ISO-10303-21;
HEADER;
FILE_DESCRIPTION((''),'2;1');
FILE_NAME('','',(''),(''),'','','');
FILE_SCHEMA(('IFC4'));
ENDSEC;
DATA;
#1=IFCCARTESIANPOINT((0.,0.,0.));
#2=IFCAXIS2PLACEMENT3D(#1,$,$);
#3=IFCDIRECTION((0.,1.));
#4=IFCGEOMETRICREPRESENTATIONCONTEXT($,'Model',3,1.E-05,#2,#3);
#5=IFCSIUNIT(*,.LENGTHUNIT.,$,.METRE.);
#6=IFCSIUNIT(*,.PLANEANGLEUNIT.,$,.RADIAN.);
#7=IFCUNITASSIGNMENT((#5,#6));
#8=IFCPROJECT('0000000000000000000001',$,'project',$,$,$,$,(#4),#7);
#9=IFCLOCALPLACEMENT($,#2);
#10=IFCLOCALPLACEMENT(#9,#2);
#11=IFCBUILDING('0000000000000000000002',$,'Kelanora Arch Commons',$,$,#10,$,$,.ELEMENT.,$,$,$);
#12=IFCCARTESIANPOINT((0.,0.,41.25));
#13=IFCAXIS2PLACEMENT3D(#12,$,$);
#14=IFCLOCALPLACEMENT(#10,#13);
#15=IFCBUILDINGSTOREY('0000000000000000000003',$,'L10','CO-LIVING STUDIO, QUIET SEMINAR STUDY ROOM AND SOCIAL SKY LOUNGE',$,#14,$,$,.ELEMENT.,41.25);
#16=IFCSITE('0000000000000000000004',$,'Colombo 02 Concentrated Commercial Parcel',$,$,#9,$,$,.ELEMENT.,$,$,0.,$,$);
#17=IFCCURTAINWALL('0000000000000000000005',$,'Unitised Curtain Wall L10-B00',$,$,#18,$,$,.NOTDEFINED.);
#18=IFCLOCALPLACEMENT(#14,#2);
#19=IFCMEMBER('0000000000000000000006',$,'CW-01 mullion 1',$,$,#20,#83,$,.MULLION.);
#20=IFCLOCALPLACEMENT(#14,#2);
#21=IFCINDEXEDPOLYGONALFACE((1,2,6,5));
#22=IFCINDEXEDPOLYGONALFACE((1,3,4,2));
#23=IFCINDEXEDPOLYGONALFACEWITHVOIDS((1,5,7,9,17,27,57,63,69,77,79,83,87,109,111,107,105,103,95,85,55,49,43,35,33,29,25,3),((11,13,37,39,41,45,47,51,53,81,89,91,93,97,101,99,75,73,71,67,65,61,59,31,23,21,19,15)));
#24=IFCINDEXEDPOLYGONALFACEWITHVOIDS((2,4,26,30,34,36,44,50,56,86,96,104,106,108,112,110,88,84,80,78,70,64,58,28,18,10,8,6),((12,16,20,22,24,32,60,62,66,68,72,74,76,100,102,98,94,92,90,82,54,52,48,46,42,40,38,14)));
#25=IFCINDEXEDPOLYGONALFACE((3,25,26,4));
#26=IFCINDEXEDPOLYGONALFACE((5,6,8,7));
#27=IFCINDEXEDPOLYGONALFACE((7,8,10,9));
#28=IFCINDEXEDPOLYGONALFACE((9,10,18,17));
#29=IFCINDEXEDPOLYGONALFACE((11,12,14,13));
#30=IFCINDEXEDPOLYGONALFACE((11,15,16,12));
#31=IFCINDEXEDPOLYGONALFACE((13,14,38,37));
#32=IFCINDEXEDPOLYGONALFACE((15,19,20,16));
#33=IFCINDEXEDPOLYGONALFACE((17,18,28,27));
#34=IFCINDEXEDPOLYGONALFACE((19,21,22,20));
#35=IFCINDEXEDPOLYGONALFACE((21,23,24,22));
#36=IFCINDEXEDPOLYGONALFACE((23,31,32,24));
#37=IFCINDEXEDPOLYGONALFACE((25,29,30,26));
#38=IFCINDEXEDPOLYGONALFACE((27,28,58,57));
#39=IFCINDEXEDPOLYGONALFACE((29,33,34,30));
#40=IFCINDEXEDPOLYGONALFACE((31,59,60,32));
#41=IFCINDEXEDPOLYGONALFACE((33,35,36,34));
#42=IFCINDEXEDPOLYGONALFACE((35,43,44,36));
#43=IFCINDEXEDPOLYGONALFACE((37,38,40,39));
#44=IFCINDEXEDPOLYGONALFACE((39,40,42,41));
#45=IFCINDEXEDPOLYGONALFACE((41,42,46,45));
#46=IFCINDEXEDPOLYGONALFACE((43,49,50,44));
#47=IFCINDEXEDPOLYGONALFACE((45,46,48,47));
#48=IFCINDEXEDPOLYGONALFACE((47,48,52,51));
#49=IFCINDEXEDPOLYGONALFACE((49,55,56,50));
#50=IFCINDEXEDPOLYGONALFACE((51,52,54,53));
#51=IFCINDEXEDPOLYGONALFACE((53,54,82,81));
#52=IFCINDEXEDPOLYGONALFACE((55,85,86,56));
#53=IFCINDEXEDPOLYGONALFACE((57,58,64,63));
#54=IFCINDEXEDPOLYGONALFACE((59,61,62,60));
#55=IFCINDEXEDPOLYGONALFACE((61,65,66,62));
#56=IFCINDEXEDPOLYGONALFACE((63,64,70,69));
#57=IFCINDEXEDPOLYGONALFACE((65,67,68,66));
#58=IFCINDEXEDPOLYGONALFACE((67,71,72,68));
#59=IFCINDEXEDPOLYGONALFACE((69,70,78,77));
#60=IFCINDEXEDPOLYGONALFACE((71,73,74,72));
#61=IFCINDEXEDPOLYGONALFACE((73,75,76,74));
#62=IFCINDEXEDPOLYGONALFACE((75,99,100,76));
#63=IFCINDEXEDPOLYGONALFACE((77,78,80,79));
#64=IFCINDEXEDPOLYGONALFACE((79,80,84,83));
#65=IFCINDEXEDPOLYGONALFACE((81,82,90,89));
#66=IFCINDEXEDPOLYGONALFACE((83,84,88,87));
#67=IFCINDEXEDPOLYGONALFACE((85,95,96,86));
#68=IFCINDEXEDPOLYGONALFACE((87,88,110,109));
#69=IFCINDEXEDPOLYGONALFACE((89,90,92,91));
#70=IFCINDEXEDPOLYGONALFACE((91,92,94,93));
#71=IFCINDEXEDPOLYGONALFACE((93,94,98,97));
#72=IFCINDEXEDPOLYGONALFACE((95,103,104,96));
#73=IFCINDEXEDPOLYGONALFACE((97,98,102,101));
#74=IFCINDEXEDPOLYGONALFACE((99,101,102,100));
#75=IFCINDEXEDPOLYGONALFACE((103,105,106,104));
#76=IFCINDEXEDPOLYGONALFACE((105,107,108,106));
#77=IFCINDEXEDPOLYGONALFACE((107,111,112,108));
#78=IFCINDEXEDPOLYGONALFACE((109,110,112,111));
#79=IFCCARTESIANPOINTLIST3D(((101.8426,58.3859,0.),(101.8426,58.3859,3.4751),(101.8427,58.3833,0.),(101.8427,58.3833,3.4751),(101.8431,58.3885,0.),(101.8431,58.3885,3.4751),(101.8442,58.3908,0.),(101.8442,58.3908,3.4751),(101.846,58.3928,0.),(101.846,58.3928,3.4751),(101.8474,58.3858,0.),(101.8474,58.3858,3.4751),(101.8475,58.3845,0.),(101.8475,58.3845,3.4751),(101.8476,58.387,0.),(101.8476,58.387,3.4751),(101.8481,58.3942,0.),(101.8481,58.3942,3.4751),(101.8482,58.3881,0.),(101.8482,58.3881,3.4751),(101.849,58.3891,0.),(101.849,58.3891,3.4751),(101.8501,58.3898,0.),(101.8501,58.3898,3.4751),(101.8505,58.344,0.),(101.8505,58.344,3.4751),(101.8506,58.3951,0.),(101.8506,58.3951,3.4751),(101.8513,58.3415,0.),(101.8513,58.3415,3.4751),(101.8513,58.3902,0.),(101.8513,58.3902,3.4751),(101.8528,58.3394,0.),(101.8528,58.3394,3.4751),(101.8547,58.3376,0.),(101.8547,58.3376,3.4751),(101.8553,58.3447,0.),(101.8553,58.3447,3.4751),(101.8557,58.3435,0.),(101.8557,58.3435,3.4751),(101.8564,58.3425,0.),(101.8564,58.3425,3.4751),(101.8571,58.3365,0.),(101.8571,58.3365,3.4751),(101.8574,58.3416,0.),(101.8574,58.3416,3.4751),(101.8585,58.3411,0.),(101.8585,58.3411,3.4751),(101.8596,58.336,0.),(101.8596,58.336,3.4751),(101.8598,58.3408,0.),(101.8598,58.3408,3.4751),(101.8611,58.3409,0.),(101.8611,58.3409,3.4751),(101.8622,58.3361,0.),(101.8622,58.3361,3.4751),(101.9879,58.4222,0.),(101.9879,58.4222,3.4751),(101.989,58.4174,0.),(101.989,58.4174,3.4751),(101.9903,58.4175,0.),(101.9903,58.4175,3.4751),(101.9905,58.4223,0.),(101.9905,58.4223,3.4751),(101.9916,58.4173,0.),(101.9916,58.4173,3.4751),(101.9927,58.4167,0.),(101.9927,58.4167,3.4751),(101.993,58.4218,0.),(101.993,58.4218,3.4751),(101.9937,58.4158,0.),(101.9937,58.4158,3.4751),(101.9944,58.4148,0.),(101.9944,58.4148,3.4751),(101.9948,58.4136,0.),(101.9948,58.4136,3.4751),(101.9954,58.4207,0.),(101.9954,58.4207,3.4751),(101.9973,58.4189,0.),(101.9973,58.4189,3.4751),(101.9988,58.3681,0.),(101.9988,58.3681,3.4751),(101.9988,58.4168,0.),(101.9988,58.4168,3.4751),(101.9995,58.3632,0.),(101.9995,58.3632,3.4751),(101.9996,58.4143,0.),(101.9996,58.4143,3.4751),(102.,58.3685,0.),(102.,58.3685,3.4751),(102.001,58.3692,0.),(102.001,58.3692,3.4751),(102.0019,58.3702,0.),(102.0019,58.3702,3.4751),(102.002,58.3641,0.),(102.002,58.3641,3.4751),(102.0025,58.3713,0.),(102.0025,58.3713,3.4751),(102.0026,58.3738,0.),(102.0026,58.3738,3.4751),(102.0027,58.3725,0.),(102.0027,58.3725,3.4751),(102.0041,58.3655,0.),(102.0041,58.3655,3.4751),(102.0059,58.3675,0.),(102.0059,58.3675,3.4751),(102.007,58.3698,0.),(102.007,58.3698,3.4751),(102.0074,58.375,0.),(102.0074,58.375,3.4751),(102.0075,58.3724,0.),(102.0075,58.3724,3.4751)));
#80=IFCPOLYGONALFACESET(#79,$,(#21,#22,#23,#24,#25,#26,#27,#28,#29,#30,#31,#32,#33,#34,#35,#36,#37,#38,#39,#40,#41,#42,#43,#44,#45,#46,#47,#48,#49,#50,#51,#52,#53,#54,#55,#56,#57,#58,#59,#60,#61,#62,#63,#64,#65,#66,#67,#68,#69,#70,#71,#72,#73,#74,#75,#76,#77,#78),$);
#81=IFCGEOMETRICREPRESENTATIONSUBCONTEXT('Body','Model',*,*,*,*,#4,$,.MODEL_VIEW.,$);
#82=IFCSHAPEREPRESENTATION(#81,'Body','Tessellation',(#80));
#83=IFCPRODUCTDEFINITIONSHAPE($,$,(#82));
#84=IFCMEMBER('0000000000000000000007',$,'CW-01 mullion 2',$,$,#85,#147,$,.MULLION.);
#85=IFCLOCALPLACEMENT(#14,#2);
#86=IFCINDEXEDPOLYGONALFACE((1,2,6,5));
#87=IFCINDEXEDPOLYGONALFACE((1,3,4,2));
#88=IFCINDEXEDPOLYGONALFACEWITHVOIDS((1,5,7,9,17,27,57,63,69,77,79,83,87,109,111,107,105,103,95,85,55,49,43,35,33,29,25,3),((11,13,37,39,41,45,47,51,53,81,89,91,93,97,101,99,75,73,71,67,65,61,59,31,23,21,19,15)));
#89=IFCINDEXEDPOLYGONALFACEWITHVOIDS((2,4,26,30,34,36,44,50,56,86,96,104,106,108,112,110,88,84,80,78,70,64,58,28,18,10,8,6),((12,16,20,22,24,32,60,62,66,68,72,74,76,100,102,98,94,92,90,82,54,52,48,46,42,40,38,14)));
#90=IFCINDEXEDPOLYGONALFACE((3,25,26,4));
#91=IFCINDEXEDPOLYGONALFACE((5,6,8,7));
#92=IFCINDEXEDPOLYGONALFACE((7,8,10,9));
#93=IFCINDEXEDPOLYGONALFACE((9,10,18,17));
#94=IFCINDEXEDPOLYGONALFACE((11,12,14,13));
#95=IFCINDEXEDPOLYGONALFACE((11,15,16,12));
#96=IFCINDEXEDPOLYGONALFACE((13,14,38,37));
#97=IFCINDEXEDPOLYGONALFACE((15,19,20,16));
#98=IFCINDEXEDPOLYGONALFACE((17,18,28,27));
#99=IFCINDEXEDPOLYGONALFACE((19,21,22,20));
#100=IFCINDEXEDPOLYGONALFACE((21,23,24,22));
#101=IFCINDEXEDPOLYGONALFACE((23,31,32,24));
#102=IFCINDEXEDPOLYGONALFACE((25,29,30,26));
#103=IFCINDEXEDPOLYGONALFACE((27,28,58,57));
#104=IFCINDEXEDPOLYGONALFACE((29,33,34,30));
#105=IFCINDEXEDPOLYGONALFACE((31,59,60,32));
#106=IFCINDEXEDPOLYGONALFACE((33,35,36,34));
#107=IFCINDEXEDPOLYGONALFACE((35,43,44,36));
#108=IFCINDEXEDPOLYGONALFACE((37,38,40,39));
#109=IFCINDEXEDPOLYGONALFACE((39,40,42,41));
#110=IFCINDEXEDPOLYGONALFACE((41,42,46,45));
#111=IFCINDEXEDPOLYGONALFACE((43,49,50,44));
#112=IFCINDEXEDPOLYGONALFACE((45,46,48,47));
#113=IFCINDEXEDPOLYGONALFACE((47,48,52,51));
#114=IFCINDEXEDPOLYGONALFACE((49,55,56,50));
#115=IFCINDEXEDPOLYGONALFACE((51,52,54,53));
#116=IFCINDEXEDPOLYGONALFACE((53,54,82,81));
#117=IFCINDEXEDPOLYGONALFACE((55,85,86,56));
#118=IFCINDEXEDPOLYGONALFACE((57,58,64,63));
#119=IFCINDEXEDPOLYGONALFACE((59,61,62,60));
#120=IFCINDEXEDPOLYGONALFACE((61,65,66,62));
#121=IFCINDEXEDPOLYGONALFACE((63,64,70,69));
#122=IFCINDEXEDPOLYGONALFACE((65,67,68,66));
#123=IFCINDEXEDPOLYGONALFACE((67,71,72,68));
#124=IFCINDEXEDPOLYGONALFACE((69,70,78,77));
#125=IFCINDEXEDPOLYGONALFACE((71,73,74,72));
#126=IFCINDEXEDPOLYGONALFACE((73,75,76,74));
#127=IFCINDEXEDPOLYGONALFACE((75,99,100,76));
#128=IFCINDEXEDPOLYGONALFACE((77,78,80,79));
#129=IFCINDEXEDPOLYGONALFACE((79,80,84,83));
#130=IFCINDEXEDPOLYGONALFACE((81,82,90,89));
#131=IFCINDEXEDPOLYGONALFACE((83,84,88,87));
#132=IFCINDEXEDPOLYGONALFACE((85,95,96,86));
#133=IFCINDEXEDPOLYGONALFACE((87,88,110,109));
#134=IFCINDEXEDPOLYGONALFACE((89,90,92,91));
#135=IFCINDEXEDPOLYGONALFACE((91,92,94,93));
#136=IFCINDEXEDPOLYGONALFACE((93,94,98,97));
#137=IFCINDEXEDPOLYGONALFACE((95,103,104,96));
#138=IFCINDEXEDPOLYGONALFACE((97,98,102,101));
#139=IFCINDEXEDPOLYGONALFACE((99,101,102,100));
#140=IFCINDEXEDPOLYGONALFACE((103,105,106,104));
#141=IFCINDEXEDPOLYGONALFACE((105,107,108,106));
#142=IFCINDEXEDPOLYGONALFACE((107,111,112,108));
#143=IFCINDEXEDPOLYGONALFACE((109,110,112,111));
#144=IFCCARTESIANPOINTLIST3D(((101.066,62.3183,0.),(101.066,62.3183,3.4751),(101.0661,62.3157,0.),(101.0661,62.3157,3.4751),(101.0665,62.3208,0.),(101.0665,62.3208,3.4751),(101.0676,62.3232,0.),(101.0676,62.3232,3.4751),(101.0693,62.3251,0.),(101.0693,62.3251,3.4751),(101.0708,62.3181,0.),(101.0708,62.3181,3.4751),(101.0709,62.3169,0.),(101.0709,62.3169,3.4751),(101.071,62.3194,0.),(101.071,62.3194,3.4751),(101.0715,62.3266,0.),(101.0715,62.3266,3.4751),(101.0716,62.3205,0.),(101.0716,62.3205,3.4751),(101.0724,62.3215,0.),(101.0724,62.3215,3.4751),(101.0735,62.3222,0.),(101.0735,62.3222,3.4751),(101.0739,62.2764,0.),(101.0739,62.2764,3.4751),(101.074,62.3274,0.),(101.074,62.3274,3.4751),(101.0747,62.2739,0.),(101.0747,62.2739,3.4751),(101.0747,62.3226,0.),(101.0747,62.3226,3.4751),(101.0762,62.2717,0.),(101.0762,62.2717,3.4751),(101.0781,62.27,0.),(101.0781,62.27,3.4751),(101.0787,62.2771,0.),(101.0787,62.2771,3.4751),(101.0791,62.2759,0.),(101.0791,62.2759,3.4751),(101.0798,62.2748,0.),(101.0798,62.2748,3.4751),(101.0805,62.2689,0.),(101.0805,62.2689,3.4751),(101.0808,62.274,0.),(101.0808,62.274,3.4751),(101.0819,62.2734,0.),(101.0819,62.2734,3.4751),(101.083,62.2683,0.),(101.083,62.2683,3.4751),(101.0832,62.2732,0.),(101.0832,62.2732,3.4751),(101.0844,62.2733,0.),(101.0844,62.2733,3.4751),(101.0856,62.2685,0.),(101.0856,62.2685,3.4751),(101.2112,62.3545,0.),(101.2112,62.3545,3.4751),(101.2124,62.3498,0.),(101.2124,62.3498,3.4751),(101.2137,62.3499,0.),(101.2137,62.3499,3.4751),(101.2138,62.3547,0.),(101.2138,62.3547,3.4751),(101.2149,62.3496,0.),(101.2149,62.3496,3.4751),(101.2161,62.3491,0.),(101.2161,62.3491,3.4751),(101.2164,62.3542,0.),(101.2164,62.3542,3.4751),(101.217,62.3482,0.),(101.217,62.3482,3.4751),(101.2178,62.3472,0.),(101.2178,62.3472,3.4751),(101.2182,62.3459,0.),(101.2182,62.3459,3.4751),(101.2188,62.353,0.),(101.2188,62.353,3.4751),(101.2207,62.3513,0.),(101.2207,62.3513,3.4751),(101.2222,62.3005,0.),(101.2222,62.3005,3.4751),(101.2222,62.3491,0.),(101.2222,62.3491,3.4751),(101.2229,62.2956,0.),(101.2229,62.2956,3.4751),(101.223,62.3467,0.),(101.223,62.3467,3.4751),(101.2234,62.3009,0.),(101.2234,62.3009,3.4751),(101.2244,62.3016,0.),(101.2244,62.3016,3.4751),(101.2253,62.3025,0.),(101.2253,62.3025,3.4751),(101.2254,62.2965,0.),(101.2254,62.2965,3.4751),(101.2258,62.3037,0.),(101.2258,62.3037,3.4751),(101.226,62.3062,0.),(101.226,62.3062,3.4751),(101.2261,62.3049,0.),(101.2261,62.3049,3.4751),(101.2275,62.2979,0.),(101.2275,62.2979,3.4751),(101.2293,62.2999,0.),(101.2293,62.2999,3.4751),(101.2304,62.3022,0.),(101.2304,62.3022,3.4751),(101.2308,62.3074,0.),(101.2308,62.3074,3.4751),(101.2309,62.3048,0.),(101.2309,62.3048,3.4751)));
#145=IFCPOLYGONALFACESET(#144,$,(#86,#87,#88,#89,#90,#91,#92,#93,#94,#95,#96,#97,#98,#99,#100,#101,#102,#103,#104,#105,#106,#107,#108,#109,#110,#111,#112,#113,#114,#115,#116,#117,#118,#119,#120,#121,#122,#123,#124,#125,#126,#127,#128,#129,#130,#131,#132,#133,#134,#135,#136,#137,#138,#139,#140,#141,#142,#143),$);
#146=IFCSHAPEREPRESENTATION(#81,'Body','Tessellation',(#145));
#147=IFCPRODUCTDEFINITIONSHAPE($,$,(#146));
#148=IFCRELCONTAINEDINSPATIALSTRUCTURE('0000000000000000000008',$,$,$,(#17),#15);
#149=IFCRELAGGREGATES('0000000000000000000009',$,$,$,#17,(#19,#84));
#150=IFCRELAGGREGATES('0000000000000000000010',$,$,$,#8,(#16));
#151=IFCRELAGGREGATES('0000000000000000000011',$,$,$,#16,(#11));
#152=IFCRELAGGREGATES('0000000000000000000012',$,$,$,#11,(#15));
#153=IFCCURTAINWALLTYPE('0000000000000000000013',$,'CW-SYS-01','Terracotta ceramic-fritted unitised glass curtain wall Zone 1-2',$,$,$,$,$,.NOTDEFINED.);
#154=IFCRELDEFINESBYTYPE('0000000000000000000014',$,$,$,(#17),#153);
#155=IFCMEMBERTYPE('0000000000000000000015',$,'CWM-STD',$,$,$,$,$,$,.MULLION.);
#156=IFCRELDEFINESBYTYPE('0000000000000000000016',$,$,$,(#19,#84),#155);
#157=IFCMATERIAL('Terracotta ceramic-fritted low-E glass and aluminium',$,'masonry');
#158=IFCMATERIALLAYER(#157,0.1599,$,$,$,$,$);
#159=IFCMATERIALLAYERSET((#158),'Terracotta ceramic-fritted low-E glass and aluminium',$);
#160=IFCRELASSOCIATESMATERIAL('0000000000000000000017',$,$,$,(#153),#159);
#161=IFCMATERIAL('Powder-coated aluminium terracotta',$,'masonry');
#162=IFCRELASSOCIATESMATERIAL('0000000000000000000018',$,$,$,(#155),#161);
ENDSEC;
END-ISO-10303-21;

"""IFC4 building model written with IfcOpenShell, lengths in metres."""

from ifc_helpers import new_model, si_unit, direction, frame, origin, origin_2d, place, context, subcontext, project, spatial, hollow_rectangle, extrude, material, layer, layer_set, material_profile, profile_set, type_object, element, aggregate, save


model = new_model("IFC4")

# Units and contexts
model_context = context("Model", 3, precision=1e-05, world=origin(), true_north=direction((0.0, 1.0)))
body_context = subcontext(model_context, "Body", "Model", "MODEL_VIEW")
ifc_project = project(units=[si_unit("LENGTHUNIT", "METRE"), si_unit("PLANEANGLEUNIT", "RADIAN")], contexts=[model_context])

# Site, building, storey
site_placement = place(None, origin())
site = spatial("IfcSite", under=ifc_project, at=site_placement, Name="Colombo 02 Concentrated Commercial Parcel", CompositionType="ELEMENT", RefElevation=0.0)
building_placement = place(site_placement, origin())
building = spatial("IfcBuilding", under=site, at=building_placement, Name="Kelanora Arch Commons", CompositionType="ELEMENT")
storey_placement = place(building_placement, frame((0.0, 0.0, 41.25)))
storey = spatial("IfcBuildingStorey", under=building, at=storey_placement, Name="L10", Description="CO-LIVING STUDIO, QUIET SEMINAR STUDY ROOM AND SOCIAL SKY LOUNGE", CompositionType="ELEMENT", Elevation=41.25)

# Curtain wall, members
ifc_material_1 = material(Name="Terracotta ceramic-fritted low-E glass and aluminium", Category="masonry")
ifc_layer_1 = layer(ifc_material_1, 0.1599)
ifc_layer_set_1 = layer_set([ifc_layer_1], Name="Terracotta ceramic-fritted low-E glass and aluminium")
curtain_wall_type = type_object("IfcCurtainWallType", Name="CW-SYS-01", Description="Terracotta ceramic-fritted unitised glass curtain wall Zone 1-2", PredefinedType="NOTDEFINED", material=ifc_layer_set_1)
curtain_wall_placement = place(storey_placement, origin())
curtain_wall = element("IfcCurtainWall", 1, at=curtain_wall_placement, inside=storey, type_object=curtain_wall_type, Name="Unitised Curtain Wall L10-B00", PredefinedType="NOTDEFINED")
ifc_material_2 = material(Name="Powder-coated aluminium terracotta", Category="masonry")
ifc_material_profile_1 = material_profile(ifc_material_2, hollow_rectangle(XDim=0.1599, YDim=0.0601, WallThickness=0.0049, InnerFilletRadius=0.0049, OuterFilletRadius=0.01, at=origin_2d()), Name="CWM160x60")
ifc_profile_set_1 = profile_set([ifc_material_profile_1], Name="Powder-coated aluminium terracotta")
member_type_1 = type_object("IfcMemberType", Name="CWM-STD", PredefinedType="MULLION", material=ifc_profile_set_1)
member_1_placement = place(storey_placement, frame((101.925, 58.3792, 0.0), z_axis=(0.0, 0.0, 1.0), x_axis=(-0.981052, -0.193744, 0.0)))
member_1 = element("IfcMember", 2, at=member_1_placement, type_object=member_type_1, Name="CW-01 mullion 1", PredefinedType="MULLION", context=body_context, shape_type="SweptSolid", body=[
    extrude(hollow_rectangle(XDim=0.1599, YDim=0.0601, WallThickness=0.0049, InnerFilletRadius=0.0049, OuterFilletRadius=0.01, at=origin_2d()), origin(), (0.0, 0.0, 1.0), 3.4751),
])
member_2_placement = place(storey_placement, frame((101.1484, 62.3115, 0.0), z_axis=(0.0, 0.0, 1.0), x_axis=(-0.981052, -0.193744, 0.0)))
member_2 = element("IfcMember", 3, at=member_2_placement, type_object=member_type_1, Name="CW-01 mullion 2", PredefinedType="MULLION", context=body_context, shape_type="SweptSolid", body=[
    extrude(hollow_rectangle(XDim=0.1599, YDim=0.0601, WallThickness=0.0049, InnerFilletRadius=0.0049, OuterFilletRadius=0.01, at=origin_2d()), origin(), (0.0, 0.0, 1.0), 3.4751),
])
aggregate(curtain_wall, [member_1, member_2])

save(model, "model.ifc")
